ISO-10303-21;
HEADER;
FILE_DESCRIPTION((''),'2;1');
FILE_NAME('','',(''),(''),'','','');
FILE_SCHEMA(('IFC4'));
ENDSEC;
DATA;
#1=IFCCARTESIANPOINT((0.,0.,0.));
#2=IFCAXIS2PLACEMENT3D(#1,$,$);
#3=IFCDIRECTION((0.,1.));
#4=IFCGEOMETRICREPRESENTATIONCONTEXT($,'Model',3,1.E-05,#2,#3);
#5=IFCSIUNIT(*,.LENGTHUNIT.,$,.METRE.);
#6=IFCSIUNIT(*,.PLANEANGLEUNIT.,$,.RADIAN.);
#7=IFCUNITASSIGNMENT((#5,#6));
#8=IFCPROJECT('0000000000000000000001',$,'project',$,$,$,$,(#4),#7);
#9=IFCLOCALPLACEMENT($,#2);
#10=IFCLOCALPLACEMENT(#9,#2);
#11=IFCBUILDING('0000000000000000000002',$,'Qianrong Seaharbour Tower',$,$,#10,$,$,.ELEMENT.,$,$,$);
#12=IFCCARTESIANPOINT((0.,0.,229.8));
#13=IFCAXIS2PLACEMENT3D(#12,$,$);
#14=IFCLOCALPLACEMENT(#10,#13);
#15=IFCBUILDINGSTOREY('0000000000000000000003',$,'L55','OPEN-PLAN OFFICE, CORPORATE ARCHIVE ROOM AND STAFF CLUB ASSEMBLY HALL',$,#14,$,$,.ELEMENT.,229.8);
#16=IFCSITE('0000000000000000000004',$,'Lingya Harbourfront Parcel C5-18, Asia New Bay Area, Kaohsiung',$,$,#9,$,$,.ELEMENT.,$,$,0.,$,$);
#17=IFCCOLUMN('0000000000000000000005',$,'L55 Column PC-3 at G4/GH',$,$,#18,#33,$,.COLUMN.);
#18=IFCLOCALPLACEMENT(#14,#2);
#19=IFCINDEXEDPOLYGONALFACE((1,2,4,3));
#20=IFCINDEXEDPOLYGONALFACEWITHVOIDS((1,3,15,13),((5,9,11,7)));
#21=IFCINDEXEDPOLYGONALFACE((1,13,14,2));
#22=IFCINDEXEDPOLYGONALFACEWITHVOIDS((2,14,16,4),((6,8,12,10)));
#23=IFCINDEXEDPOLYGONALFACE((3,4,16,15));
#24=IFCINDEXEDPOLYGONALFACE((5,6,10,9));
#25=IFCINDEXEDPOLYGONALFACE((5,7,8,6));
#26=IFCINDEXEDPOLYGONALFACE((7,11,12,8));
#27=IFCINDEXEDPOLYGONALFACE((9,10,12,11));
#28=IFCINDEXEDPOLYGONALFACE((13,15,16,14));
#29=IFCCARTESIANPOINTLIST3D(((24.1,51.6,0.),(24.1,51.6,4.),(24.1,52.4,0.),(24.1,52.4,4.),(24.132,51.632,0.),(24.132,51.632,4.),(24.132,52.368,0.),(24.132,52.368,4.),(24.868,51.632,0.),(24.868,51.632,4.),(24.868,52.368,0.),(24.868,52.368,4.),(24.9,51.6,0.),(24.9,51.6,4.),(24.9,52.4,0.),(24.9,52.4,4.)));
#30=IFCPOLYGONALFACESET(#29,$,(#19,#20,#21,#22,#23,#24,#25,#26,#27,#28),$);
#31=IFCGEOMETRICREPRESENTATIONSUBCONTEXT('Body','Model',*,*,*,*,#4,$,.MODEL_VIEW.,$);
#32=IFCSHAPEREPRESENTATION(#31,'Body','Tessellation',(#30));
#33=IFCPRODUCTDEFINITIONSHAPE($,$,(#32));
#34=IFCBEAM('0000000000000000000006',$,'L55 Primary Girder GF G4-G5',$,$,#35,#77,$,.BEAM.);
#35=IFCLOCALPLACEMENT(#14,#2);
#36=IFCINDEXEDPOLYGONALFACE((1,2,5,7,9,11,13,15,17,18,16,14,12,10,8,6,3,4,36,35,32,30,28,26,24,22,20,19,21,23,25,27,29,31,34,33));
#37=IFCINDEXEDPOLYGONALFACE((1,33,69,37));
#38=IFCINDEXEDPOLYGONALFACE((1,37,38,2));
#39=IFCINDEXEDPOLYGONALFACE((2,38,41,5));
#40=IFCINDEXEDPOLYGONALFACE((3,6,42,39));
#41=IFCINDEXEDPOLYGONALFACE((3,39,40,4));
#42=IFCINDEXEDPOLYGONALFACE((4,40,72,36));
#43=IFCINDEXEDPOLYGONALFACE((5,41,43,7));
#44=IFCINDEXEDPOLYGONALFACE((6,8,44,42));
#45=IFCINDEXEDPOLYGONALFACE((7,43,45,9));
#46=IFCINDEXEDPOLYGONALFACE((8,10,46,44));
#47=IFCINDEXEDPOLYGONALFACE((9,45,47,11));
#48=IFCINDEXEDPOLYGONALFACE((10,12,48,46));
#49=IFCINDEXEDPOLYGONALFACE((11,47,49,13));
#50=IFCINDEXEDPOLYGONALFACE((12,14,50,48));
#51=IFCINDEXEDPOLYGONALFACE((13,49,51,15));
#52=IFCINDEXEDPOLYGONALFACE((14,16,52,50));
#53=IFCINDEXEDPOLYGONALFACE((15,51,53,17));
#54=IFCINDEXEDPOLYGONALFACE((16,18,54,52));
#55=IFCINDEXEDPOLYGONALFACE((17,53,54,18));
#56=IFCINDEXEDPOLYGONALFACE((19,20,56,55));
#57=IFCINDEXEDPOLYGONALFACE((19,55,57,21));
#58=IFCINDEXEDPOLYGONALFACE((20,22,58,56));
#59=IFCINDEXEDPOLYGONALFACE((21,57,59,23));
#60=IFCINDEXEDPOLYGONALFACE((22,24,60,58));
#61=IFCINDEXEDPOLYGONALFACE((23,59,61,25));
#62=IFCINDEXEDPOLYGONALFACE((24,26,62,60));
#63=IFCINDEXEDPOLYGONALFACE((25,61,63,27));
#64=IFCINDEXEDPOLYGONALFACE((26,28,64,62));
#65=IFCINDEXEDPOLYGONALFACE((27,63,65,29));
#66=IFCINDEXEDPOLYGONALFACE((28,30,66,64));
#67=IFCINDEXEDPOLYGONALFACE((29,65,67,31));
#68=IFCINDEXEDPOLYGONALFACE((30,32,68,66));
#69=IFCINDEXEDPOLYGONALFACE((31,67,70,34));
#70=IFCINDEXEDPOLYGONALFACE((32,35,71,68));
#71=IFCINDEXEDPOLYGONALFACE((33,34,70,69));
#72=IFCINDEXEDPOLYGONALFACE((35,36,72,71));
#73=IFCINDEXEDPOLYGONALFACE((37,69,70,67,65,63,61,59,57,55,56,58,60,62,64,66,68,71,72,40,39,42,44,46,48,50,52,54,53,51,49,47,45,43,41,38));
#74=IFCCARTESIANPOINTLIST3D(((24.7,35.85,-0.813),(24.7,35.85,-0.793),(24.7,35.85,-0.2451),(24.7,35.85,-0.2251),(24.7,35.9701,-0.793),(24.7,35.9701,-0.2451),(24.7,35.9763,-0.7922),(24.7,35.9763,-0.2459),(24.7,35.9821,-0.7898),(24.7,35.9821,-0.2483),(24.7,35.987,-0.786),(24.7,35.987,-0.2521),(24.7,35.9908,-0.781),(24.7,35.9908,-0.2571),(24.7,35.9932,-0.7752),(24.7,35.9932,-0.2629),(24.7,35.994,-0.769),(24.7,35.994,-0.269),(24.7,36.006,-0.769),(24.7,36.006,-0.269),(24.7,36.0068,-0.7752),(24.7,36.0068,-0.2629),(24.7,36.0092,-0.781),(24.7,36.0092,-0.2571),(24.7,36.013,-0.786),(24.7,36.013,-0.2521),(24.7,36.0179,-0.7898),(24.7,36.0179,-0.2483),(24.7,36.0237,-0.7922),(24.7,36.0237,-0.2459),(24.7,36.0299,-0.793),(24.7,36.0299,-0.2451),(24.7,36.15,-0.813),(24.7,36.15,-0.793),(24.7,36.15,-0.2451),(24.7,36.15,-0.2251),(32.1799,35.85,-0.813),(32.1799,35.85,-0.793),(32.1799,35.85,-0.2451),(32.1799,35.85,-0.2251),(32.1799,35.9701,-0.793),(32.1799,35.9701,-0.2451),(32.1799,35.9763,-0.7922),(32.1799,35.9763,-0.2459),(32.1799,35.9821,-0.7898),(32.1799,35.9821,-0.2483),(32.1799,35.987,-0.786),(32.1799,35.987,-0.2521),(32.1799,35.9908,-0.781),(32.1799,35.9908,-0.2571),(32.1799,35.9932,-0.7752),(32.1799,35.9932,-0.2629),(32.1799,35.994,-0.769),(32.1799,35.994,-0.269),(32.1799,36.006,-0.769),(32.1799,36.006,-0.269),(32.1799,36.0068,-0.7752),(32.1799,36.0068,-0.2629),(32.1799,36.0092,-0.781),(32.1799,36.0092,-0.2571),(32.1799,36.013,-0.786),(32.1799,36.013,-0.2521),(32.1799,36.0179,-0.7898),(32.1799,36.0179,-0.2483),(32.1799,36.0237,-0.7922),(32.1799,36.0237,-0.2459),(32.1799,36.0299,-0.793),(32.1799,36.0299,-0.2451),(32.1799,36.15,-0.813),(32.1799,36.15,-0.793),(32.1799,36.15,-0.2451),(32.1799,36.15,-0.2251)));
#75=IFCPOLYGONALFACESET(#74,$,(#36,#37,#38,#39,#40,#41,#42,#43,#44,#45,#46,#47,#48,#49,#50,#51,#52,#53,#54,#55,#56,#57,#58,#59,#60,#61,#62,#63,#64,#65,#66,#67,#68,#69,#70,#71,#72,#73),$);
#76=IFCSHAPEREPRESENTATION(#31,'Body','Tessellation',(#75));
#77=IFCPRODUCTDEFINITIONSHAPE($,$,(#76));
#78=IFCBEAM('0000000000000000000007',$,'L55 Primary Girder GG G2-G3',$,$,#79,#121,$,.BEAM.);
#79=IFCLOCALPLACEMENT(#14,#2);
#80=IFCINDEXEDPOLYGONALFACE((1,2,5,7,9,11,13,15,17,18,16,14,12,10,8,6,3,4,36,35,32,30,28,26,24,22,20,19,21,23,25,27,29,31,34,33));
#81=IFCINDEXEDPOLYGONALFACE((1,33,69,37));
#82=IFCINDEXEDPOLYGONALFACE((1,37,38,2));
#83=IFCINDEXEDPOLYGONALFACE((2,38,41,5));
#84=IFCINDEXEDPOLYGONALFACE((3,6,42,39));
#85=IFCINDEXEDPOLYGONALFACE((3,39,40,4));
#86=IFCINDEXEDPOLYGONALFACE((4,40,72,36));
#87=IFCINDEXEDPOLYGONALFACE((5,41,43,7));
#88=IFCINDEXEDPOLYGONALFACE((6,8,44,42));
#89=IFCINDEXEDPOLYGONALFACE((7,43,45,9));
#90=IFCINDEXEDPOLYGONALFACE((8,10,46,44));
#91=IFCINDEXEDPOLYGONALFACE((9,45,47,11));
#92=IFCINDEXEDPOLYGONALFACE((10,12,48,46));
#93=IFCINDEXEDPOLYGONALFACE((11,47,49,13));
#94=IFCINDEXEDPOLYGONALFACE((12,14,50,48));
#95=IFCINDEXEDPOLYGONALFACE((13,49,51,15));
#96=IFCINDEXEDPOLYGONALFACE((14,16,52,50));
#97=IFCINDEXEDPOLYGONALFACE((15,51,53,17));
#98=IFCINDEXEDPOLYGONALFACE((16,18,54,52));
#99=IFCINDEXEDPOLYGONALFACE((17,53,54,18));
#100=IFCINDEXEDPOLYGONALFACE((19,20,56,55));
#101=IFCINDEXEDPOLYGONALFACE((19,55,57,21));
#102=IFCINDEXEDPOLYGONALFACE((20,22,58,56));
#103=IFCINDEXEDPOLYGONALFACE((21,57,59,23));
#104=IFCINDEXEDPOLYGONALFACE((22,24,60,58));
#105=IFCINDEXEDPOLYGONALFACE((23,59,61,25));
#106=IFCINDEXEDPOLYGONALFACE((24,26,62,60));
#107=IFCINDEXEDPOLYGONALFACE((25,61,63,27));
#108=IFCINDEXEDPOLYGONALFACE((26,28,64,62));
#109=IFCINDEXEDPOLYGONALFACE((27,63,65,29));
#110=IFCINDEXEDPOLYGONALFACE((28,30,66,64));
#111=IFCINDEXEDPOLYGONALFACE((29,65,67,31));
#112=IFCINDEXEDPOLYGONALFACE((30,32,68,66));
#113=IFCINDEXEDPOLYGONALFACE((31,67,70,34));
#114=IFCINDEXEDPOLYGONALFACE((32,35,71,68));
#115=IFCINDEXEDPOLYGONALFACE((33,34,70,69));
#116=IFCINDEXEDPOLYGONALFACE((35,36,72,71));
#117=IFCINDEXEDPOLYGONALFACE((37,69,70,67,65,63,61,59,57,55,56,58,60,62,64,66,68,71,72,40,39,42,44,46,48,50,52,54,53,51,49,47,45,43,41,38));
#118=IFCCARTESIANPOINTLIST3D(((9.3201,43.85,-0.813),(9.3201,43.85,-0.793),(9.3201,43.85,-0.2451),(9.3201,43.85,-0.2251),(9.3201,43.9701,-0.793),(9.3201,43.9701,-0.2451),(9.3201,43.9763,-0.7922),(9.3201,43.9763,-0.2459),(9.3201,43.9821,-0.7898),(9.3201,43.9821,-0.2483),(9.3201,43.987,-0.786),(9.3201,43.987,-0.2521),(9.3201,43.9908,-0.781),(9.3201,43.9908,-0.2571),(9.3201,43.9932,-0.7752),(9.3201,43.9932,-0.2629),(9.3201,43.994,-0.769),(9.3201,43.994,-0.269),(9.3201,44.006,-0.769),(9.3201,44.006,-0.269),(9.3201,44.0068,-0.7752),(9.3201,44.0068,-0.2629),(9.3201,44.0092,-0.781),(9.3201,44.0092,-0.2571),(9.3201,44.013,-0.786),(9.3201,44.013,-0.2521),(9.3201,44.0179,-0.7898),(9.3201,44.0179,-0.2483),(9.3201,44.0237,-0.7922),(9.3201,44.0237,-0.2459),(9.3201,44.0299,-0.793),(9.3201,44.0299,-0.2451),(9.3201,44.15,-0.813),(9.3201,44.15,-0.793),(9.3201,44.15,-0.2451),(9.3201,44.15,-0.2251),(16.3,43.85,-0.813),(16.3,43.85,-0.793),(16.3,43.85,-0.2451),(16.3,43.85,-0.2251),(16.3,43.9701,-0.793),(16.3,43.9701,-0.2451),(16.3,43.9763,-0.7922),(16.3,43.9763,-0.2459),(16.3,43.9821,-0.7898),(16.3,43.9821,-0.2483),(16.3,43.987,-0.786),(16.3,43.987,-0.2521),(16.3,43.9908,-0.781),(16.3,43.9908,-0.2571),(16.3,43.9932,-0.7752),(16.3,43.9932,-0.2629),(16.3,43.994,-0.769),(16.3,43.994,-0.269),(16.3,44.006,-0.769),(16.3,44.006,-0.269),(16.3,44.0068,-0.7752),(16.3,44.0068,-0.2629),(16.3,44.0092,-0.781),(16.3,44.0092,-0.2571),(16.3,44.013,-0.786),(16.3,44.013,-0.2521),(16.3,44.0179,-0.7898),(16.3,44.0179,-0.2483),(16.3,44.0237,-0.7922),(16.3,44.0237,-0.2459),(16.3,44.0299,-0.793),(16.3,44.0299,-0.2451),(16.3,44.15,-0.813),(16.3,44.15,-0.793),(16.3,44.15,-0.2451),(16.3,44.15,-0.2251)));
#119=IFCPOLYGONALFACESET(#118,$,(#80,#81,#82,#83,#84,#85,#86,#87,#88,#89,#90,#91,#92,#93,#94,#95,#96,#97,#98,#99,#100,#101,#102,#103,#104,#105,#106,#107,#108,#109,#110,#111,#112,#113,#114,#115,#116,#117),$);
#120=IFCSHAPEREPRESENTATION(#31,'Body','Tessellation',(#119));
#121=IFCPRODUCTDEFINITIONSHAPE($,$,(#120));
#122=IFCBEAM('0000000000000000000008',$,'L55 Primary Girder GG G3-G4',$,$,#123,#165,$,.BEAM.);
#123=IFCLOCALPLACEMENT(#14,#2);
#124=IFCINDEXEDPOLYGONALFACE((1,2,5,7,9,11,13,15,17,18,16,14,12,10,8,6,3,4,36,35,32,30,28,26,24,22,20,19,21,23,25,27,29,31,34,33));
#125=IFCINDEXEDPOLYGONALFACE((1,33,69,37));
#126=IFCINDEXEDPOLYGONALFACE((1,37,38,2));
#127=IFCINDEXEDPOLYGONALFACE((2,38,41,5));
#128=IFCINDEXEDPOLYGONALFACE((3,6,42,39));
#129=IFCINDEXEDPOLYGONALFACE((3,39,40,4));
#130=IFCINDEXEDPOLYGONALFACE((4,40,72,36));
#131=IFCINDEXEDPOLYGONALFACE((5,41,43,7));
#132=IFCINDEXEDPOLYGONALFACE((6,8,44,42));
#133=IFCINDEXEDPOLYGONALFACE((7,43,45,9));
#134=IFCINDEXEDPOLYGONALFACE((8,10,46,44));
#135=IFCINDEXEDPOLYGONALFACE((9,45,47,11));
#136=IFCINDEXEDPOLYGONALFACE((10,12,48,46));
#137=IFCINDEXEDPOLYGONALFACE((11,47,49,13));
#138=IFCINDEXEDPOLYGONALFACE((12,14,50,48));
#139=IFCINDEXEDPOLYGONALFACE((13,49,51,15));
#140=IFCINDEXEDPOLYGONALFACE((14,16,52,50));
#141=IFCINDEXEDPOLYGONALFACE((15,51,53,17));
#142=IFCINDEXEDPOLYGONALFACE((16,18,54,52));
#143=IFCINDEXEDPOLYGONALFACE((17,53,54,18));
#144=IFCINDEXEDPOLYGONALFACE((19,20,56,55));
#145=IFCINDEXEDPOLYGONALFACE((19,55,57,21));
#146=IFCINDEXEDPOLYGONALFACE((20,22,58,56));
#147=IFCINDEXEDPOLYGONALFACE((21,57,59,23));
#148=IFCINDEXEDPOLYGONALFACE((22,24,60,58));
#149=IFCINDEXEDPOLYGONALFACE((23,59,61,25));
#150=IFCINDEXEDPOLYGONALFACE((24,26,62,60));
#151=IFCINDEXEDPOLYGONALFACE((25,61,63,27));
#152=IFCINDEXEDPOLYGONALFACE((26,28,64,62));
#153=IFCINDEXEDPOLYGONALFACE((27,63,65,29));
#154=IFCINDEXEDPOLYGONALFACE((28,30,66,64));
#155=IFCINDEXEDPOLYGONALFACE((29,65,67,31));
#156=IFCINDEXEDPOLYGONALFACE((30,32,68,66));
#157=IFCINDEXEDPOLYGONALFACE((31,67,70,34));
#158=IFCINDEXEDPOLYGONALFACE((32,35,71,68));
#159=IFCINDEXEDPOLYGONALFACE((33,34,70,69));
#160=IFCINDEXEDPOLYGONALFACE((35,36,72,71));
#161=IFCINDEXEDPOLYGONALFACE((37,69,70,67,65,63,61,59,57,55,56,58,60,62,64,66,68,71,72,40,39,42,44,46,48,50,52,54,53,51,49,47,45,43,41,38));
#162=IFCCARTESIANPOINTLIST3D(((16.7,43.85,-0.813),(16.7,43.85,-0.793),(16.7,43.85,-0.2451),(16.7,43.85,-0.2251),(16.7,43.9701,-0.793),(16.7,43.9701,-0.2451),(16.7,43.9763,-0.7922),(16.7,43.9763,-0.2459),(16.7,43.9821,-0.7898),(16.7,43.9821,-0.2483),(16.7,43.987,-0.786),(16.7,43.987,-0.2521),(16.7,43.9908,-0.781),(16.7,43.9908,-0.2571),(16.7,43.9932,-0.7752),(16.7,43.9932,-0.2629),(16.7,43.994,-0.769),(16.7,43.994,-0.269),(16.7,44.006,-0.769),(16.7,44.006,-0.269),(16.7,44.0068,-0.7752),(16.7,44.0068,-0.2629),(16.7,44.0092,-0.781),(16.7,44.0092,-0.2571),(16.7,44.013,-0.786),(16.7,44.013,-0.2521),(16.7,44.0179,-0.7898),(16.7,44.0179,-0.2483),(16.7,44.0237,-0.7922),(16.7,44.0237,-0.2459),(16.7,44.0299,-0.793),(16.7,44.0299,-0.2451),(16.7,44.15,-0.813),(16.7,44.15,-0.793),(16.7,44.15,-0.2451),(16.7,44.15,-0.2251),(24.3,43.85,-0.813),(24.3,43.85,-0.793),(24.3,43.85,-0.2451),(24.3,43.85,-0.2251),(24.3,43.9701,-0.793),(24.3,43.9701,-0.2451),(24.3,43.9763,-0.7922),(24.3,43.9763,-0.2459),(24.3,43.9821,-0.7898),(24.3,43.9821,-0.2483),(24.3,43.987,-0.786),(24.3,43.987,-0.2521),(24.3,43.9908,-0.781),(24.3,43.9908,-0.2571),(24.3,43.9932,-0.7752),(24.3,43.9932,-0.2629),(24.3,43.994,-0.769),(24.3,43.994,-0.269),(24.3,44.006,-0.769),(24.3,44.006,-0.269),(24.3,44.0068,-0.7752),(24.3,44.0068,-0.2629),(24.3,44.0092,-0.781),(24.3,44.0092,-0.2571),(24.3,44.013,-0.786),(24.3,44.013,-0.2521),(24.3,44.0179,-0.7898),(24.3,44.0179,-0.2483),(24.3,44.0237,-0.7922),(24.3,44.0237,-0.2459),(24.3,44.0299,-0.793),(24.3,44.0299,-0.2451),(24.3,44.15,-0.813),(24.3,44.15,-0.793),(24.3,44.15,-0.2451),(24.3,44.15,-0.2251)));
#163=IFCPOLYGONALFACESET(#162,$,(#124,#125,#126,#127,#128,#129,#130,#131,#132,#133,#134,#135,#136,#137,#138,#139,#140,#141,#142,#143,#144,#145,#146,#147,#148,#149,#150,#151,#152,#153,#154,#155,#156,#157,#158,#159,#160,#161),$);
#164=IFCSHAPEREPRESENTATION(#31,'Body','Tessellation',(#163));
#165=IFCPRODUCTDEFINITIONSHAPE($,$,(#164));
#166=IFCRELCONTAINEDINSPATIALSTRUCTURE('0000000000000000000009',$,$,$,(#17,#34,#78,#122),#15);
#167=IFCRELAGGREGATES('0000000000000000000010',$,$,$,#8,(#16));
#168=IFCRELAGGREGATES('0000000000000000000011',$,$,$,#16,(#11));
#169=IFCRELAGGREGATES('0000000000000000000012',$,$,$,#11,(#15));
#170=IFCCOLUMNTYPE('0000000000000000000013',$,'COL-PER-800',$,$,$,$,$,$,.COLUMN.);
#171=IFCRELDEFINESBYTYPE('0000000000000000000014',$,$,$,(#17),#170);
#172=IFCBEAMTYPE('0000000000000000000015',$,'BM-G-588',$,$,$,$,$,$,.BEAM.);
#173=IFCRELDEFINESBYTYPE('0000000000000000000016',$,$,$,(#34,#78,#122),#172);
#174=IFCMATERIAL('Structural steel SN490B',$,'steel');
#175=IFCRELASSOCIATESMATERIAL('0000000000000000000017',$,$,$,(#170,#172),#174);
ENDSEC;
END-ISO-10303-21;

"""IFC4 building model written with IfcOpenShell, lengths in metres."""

from ifc_helpers import new_model, si_unit, direction, frame, origin, origin_2d, place, context, subcontext, project, spatial, hollow_rectangle, i_section, extrude, material, material_profile, profile_set, type_object, element, save


model = new_model("IFC4")

# Units and contexts
model_context = context("Model", 3, precision=1e-05, world=origin(), true_north=direction((0.0, 1.0)))
body_context = subcontext(model_context, "Body", "Model", "MODEL_VIEW")
ifc_project = project(units=[si_unit("LENGTHUNIT", "METRE"), si_unit("PLANEANGLEUNIT", "RADIAN")], contexts=[model_context])

# Site, building, storey
site_placement = place(None, origin())
site = spatial("IfcSite", under=ifc_project, at=site_placement, Name="Lingya Harbourfront Parcel C5-18, Asia New Bay Area, Kaohsiung", CompositionType="ELEMENT", RefElevation=0.0)
building_placement = place(site_placement, origin())
building = spatial("IfcBuilding", under=site, at=building_placement, Name="Qianrong Seaharbour Tower", CompositionType="ELEMENT")
storey_placement = place(building_placement, frame((0.0, 0.0, 229.8)))
storey = spatial("IfcBuildingStorey", under=building, at=storey_placement, Name="L55", Description="OPEN-PLAN OFFICE, CORPORATE ARCHIVE ROOM AND STAFF CLUB ASSEMBLY HALL", CompositionType="ELEMENT", Elevation=229.8)

# Column
ifc_material_1 = material(Name="Structural steel SN490B", Category="steel")
ifc_material_profile_1 = material_profile(ifc_material_1, hollow_rectangle(XDim=0.8, YDim=0.8, WallThickness=0.032, at=origin_2d()), Name="BOX800x800x32")
ifc_profile_set_1 = profile_set([ifc_material_profile_1], Name="Structural steel SN490B")
column_type_1 = type_object("IfcColumnType", Name="COL-PER-800", PredefinedType="COLUMN", material=ifc_profile_set_1)
for number, where, z_axis, x_axis, name in (
    (1, (24.5, 52.0, 0.0), (0.0, 0.0, 1.0), (1.0, 0.0, 0.0), "L55 Column PC-3 at G4/GH"),
):
    element("IfcColumn", number, at=place(storey_placement, frame(where, z_axis=z_axis, x_axis=x_axis)), inside=storey, type_object=column_type_1, Name=name, PredefinedType="COLUMN", context=body_context, shape_type="SweptSolid", body=[
        extrude(hollow_rectangle(XDim=0.8, YDim=0.8, WallThickness=0.032, at=origin_2d()), origin(), (0.0, 0.0, 1.0), 4.0),
    ])

# Beams
ifc_material_profile_2 = material_profile(ifc_material_1, i_section(OverallWidth=0.3, OverallDepth=0.5879, WebThickness=0.012, FlangeThickness=0.02, FilletRadius=0.0239, at=origin_2d()), Name="H588x300x12x20")
ifc_profile_set_2 = profile_set([ifc_material_profile_2], Name="Structural steel SN490B")
beam_type_1 = type_object("IfcBeamType", Name="BM-G-588", PredefinedType="BEAM", material=ifc_profile_set_2)
beam_1_placement = place(storey_placement, frame((24.7, 36.0, -0.519), z_axis=(1.0, 0.0, 0.0), x_axis=(0.0, 1.0, 0.0)))
element("IfcBeam", 2, at=beam_1_placement, inside=storey, type_object=beam_type_1, Name="L55 Primary Girder GF G4-G5", PredefinedType="BEAM", context=body_context, shape_type="SweptSolid", body=[
    extrude(i_section(OverallWidth=0.3, OverallDepth=0.5879, WebThickness=0.012, FlangeThickness=0.02, FilletRadius=0.0239, at=origin_2d()), origin(), (0.0, 0.0, 1.0), 7.48),
])
beam_2_placement = place(storey_placement, frame((9.3201, 44.0, -0.519), z_axis=(1.0, 0.0, 0.0), x_axis=(0.0, 1.0, 0.0)))
element("IfcBeam", 3, at=beam_2_placement, inside=storey, type_object=beam_type_1, Name="L55 Primary Girder GG G2-G3", PredefinedType="BEAM", context=body_context, shape_type="SweptSolid", body=[
    extrude(i_section(OverallWidth=0.3, OverallDepth=0.5879, WebThickness=0.012, FlangeThickness=0.02, FilletRadius=0.0239, at=origin_2d()), origin(), (0.0, 0.0, 1.0), 6.98),
])
for number, where, z_axis, x_axis, name in (
    (4, (16.7, 44.0, -0.519), (1.0, 0.0, 0.0), (0.0, 1.0, 0.0), "L55 Primary Girder GG G3-G4"),
):
    element("IfcBeam", number, at=place(storey_placement, frame(where, z_axis=z_axis, x_axis=x_axis)), inside=storey, type_object=beam_type_1, Name=name, PredefinedType="BEAM", context=body_context, shape_type="SweptSolid", body=[
        extrude(i_section(OverallWidth=0.3, OverallDepth=0.5879, WebThickness=0.012, FlangeThickness=0.02, FilletRadius=0.0239, at=origin_2d()), origin(), (0.0, 0.0, 1.0), 7.6001),
    ])

save(model, "model.ifc")
